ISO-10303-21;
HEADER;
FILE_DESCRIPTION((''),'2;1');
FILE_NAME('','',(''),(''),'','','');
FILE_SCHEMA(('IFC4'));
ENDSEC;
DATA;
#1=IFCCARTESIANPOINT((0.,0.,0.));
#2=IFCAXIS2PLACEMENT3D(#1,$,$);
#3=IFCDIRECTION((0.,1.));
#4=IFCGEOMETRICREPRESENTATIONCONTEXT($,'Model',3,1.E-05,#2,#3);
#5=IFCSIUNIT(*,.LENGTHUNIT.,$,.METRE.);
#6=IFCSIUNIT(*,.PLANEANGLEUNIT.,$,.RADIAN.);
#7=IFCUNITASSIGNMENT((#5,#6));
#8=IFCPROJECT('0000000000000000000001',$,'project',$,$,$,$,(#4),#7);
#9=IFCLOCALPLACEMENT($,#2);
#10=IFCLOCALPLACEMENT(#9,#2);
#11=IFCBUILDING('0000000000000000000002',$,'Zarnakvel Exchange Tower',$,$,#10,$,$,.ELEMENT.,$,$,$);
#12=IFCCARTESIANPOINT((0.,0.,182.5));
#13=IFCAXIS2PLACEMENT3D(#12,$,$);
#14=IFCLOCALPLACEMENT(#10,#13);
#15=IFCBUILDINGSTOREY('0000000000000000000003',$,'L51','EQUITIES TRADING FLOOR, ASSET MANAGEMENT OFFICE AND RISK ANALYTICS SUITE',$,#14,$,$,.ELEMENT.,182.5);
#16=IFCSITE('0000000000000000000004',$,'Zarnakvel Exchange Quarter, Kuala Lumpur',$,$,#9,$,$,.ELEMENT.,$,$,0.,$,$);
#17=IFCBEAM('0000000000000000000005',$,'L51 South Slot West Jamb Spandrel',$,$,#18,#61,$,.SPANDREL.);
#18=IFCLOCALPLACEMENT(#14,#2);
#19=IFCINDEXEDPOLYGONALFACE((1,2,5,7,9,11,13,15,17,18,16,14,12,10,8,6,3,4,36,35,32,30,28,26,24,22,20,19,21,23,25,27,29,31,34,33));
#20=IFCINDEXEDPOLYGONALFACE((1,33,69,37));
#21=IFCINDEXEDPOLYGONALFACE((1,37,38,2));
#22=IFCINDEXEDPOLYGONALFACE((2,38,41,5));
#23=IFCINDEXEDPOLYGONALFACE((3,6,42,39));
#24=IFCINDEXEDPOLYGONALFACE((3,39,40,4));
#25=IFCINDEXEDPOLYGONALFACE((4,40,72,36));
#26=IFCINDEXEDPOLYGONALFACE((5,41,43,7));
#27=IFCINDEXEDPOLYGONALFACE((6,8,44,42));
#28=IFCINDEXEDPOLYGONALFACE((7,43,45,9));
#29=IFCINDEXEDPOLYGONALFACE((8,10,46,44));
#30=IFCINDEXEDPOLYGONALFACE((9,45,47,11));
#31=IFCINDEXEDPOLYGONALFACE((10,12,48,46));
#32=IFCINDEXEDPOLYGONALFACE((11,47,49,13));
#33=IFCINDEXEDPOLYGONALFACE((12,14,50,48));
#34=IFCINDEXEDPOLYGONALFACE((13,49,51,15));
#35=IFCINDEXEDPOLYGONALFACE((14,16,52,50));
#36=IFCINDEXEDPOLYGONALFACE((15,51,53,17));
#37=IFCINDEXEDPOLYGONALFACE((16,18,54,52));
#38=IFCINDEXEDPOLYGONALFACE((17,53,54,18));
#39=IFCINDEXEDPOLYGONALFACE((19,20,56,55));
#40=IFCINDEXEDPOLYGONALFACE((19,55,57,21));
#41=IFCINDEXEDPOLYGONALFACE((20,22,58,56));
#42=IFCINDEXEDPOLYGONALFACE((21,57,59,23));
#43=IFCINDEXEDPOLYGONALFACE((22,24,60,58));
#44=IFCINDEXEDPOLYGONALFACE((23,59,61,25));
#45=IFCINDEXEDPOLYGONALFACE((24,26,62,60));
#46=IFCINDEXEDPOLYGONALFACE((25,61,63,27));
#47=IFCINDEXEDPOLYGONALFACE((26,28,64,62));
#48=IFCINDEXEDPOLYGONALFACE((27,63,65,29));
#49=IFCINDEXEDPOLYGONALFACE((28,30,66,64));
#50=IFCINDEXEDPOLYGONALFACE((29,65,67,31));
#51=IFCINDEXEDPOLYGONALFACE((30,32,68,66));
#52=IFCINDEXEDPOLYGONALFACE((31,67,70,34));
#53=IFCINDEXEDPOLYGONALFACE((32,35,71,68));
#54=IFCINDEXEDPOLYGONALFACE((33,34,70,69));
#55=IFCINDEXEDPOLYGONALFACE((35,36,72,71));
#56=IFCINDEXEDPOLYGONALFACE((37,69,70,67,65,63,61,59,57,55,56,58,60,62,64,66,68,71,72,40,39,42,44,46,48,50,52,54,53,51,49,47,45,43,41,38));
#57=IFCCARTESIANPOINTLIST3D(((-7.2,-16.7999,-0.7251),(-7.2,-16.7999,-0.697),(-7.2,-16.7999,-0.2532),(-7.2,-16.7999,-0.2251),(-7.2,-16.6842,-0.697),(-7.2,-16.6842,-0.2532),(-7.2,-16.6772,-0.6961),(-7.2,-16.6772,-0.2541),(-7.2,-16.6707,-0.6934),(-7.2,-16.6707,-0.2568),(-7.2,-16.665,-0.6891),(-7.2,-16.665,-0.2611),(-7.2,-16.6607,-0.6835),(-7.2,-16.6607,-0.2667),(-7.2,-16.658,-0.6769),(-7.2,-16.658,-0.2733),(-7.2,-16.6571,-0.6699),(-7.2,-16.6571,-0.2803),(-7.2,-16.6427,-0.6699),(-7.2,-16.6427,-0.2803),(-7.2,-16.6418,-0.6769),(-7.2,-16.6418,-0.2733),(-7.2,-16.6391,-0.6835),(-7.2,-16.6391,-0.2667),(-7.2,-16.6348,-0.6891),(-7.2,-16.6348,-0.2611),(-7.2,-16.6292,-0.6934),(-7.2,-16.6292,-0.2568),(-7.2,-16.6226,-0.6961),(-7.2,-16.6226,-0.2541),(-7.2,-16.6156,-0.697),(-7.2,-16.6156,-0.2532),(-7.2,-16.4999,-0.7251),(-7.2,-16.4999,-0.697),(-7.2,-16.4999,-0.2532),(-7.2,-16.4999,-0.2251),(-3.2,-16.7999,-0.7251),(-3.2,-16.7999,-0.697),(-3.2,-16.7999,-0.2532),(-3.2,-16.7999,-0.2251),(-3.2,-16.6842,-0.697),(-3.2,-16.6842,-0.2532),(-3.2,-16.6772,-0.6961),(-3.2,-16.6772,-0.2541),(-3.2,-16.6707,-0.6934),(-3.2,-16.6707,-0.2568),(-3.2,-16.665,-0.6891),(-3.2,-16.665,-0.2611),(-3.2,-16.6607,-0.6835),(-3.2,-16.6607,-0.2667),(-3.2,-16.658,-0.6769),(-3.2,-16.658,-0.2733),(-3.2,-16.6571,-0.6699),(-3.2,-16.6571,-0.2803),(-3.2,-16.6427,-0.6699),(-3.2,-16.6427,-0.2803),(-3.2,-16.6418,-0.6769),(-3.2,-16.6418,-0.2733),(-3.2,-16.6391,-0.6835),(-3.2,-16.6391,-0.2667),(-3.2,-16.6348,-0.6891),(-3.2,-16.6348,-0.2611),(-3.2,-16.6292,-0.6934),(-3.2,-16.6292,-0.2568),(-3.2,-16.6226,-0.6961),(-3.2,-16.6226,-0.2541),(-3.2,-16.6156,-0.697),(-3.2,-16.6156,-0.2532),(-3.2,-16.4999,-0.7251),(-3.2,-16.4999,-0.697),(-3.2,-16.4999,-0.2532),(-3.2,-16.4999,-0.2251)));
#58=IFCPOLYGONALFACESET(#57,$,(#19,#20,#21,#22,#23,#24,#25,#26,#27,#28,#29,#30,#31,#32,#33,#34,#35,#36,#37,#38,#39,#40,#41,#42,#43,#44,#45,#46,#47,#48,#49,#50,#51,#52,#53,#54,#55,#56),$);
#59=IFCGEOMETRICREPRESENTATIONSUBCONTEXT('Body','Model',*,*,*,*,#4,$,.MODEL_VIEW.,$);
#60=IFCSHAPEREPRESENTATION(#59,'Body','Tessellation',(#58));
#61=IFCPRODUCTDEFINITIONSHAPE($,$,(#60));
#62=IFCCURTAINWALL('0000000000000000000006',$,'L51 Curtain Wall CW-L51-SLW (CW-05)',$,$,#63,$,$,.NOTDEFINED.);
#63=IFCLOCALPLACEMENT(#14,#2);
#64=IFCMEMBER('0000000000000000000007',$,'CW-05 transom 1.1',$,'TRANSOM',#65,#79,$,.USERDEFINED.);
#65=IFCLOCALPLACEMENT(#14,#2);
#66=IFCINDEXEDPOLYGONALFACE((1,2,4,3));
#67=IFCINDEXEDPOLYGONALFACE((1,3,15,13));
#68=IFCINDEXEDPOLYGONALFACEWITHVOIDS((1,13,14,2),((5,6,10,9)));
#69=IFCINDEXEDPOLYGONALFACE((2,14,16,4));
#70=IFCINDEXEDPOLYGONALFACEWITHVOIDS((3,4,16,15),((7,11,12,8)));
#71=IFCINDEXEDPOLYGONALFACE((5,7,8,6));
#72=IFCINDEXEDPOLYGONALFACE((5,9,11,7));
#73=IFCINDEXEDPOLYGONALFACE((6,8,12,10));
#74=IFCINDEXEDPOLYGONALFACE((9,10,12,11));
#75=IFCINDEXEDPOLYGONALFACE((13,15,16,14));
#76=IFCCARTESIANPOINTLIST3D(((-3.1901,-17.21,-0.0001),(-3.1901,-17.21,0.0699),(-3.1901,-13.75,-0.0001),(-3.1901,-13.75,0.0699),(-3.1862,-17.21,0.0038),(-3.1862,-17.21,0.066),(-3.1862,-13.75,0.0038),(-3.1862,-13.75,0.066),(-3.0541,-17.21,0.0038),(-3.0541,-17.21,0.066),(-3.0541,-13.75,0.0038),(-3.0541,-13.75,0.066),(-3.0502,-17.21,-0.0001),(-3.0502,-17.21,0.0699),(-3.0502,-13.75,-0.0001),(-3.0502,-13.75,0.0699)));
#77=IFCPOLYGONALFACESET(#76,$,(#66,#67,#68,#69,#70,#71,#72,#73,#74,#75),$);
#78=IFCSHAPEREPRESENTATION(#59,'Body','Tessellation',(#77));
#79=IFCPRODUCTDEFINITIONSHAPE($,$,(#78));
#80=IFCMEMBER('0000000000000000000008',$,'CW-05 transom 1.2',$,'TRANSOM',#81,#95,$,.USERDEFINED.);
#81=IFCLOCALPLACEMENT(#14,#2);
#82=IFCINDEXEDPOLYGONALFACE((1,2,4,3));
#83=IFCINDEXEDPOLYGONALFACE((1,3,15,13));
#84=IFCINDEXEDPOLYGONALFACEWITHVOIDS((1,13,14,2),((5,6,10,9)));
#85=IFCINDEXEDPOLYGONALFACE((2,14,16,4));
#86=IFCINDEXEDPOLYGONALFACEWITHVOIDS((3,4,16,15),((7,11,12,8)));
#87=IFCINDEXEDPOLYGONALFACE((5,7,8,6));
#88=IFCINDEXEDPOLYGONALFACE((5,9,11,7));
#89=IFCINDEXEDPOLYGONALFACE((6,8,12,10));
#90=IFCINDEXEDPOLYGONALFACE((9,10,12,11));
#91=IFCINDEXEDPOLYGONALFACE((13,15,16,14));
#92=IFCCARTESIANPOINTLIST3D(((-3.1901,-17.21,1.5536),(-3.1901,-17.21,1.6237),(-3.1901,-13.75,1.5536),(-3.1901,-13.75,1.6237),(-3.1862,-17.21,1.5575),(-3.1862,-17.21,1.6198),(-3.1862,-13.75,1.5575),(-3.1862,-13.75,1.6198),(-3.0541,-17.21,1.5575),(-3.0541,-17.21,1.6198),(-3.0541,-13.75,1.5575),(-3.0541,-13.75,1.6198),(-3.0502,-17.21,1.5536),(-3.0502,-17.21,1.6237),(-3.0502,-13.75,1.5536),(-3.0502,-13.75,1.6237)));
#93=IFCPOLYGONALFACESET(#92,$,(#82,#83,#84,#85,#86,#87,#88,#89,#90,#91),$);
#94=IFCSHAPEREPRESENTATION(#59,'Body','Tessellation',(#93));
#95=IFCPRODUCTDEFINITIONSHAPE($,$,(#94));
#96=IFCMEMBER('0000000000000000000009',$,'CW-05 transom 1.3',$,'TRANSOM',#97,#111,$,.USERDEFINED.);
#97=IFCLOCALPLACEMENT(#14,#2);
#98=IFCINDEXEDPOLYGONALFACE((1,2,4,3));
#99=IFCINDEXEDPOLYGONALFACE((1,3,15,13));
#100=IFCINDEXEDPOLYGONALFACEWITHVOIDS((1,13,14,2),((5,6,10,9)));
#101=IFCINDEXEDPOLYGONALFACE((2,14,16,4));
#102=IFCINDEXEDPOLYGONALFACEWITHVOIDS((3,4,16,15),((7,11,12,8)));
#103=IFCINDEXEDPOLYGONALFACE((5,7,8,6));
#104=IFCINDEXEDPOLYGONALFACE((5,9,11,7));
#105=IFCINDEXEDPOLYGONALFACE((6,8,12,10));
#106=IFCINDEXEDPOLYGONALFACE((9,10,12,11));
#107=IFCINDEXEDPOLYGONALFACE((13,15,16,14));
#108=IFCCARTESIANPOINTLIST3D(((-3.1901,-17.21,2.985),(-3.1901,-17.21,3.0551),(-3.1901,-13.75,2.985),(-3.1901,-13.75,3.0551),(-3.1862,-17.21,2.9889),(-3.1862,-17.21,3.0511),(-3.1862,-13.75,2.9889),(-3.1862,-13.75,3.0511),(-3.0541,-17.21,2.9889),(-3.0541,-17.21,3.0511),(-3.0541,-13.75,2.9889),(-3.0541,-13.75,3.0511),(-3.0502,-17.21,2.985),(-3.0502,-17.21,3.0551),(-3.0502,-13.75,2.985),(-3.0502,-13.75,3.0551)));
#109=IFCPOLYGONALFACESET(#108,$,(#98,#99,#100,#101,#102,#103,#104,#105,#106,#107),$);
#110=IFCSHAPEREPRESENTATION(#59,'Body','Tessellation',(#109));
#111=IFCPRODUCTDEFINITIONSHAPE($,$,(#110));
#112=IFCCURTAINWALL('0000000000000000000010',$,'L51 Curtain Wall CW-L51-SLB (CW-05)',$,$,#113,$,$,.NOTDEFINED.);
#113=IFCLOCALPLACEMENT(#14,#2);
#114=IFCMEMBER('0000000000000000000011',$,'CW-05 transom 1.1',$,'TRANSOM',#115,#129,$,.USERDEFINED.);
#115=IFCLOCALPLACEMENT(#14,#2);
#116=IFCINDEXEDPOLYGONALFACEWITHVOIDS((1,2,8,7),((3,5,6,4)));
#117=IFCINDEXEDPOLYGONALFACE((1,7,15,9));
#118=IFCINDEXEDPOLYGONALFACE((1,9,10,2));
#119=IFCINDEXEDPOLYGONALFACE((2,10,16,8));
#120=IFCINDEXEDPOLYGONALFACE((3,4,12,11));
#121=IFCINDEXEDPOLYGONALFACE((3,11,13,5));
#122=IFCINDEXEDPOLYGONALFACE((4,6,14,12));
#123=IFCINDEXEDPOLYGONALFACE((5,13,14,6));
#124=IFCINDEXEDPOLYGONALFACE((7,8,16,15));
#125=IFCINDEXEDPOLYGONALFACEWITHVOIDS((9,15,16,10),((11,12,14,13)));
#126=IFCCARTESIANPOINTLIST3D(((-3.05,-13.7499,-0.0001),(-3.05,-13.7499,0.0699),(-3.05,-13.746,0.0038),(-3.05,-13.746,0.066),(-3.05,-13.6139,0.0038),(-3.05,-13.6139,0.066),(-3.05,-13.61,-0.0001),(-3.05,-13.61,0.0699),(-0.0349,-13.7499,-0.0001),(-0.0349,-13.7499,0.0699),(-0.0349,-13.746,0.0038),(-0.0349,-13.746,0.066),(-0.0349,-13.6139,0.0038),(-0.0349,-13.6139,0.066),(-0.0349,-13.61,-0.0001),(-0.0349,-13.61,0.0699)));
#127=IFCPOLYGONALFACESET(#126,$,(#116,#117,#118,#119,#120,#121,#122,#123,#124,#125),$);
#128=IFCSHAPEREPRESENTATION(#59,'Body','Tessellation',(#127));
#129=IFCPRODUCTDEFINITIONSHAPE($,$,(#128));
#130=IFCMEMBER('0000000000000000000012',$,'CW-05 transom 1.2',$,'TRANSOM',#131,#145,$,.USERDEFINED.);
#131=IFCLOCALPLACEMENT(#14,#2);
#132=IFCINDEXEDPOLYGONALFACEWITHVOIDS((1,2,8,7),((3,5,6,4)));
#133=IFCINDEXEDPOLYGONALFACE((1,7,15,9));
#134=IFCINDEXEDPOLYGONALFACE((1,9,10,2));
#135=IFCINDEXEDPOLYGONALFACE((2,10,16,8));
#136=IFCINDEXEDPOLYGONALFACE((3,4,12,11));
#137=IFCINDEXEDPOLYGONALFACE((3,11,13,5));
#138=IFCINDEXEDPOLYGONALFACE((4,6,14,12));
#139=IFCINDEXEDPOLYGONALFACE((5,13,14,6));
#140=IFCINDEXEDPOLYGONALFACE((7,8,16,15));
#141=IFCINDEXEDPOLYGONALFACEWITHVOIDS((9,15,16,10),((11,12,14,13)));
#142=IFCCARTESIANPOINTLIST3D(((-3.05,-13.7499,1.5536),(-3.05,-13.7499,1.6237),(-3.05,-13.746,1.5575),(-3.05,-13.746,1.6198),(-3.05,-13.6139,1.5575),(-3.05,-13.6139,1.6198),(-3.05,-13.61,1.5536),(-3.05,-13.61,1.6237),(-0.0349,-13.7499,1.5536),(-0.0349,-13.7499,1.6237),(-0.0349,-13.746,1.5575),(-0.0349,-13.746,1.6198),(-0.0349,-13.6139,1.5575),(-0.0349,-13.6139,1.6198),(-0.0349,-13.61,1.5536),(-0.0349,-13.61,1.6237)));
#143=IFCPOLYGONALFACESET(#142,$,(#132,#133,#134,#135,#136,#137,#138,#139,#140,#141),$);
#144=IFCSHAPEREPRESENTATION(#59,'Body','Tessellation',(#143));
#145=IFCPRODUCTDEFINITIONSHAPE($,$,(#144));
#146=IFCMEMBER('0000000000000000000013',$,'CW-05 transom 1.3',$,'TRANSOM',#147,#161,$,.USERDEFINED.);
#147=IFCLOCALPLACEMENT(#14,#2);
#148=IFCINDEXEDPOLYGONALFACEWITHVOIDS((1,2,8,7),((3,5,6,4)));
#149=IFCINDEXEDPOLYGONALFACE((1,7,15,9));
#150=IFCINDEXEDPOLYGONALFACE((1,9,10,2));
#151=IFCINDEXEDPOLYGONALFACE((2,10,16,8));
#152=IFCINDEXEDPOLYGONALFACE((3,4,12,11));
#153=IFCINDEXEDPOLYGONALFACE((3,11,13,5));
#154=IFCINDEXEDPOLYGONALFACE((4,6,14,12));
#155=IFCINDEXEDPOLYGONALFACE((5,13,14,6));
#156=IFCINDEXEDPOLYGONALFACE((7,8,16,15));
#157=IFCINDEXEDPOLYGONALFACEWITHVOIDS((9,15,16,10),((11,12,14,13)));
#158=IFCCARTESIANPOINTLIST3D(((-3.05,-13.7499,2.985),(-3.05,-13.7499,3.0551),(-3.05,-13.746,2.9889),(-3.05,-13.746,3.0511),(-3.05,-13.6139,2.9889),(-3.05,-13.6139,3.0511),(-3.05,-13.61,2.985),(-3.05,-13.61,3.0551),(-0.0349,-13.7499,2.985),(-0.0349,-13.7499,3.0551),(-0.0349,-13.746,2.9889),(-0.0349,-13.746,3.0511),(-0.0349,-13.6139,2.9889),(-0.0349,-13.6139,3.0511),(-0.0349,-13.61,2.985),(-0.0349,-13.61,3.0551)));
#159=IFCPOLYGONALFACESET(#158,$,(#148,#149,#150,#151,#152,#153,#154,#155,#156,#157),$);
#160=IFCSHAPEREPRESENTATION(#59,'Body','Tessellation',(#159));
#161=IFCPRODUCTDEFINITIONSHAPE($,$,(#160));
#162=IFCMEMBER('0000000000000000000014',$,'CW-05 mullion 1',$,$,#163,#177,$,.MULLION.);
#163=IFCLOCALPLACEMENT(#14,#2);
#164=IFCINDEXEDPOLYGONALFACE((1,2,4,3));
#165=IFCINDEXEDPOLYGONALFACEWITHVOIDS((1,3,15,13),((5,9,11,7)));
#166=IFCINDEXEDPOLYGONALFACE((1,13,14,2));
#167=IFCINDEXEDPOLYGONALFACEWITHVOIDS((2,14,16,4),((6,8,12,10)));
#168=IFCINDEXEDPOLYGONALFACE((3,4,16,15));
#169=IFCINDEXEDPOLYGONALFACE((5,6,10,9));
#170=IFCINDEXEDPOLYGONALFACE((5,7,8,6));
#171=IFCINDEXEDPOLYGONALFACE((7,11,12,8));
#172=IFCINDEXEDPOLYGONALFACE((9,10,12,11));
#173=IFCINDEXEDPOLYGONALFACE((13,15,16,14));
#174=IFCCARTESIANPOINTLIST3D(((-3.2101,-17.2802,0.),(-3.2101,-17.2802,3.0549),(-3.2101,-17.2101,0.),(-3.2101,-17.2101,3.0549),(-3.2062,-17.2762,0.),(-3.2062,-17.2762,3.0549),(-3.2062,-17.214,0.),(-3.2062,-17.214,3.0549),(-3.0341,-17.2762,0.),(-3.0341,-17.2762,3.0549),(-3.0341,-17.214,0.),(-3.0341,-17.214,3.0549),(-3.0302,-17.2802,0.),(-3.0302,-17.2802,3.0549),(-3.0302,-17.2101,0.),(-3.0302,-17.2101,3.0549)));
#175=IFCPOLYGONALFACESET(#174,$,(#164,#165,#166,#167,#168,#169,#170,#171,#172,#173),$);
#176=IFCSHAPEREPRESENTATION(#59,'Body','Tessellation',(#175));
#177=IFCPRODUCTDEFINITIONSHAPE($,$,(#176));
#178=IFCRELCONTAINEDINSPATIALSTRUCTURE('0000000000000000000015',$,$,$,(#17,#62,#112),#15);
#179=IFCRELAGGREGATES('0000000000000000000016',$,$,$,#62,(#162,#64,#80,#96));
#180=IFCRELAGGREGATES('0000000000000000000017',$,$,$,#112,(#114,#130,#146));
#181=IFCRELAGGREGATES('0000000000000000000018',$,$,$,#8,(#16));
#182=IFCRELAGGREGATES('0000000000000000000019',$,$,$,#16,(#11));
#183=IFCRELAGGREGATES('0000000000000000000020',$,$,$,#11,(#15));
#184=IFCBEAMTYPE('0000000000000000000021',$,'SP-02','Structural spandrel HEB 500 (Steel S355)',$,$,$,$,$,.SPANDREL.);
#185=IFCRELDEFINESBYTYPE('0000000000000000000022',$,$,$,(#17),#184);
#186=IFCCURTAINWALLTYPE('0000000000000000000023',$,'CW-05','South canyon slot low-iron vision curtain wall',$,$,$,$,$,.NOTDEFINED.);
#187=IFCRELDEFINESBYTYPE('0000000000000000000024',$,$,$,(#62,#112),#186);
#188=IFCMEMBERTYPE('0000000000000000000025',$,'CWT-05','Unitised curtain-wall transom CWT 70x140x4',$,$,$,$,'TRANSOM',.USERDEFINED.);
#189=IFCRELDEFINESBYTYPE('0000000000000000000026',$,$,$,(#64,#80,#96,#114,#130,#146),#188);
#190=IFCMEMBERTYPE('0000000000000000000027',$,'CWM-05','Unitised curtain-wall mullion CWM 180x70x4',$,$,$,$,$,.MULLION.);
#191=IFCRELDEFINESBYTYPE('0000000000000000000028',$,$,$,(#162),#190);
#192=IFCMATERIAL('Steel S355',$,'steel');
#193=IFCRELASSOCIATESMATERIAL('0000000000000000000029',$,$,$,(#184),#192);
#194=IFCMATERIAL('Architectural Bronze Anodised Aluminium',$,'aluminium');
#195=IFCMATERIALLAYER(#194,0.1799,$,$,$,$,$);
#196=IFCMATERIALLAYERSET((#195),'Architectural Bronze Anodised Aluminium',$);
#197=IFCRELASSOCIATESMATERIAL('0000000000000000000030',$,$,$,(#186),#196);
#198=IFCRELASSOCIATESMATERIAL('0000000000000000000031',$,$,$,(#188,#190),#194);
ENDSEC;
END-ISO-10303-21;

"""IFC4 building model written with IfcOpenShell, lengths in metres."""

from ifc_helpers import new_model, si_unit, direction, frame, origin, origin_2d, place, context, subcontext, project, spatial, hollow_rectangle, i_section, extrude, source, transform, mapped, material, layer, layer_set, material_profile, profile_set, type_object, element, aggregate, save


model = new_model("IFC4")

# Units and contexts
model_context = context("Model", 3, precision=1e-05, world=origin(), true_north=direction((0.0, 1.0)))
body_context = subcontext(model_context, "Body", "Model", "MODEL_VIEW")
ifc_project = project(units=[si_unit("LENGTHUNIT", "METRE"), si_unit("PLANEANGLEUNIT", "RADIAN")], contexts=[model_context])

# Site, building, storey
site_placement = place(None, origin())
site = spatial("IfcSite", under=ifc_project, at=site_placement, Name="Zarnakvel Exchange Quarter, Kuala Lumpur", CompositionType="ELEMENT", RefElevation=0.0)
building_placement = place(site_placement, origin())
building = spatial("IfcBuilding", under=site, at=building_placement, Name="Zarnakvel Exchange Tower", CompositionType="ELEMENT")
storey_placement = place(building_placement, frame((0.0, 0.0, 182.5)))
storey = spatial("IfcBuildingStorey", under=building, at=storey_placement, Name="L51", Description="EQUITIES TRADING FLOOR, ASSET MANAGEMENT OFFICE AND RISK ANALYTICS SUITE", CompositionType="ELEMENT", Elevation=182.5)

# Beam
ifc_material_1 = material(Name="Steel S355", Category="steel")
ifc_material_profile_1 = material_profile(ifc_material_1, i_section(OverallWidth=0.3, OverallDepth=0.5, WebThickness=0.0144, FlangeThickness=0.0281, FilletRadius=0.0271, at=origin_2d()))
ifc_profile_set_1 = profile_set([ifc_material_profile_1], Name="Steel S355")
beam_type_1 = type_object("IfcBeamType", Name="SP-02", Description="Structural spandrel HEB 500 (Steel S355)", PredefinedType="SPANDREL", material=ifc_profile_set_1)
beam_1_placement = place(storey_placement, frame((-7.2, -16.6499, -0.4751), z_axis=(1.0, 0.0, 0.0), x_axis=(0.0, 1.0, 0.0)))
element("IfcBeam", 1, at=beam_1_placement, inside=storey, type_object=beam_type_1, Name="L51 South Slot West Jamb Spandrel", PredefinedType="SPANDREL", context=body_context, shape_type="SweptSolid", body=[
    extrude(i_section(OverallWidth=0.3, OverallDepth=0.5, WebThickness=0.0144, FlangeThickness=0.0281, FilletRadius=0.0271, at=origin_2d()), origin(), (0.0, 0.0, 1.0), 4.0),
])

# Curtain walls, members
ifc_material_2 = material(Name="Architectural Bronze Anodised Aluminium", Category="aluminium")
ifc_layer_1 = layer(ifc_material_2, 0.1799)
ifc_layer_set_1 = layer_set([ifc_layer_1], Name="Architectural Bronze Anodised Aluminium")
curtain_wall_type = type_object("IfcCurtainWallType", Name="CW-05", Description="South canyon slot low-iron vision curtain wall", PredefinedType="NOTDEFINED", material=ifc_layer_set_1)
curtain_wall_1_placement = place(storey_placement, origin())
curtain_wall_1 = element("IfcCurtainWall", 2, at=curtain_wall_1_placement, inside=storey, type_object=curtain_wall_type, Name="L51 Curtain Wall CW-L51-SLW (CW-05)", PredefinedType="NOTDEFINED")
ifc_material_profile_2 = material_profile(ifc_material_2, hollow_rectangle(XDim=0.1399, YDim=0.0701, WallThickness=0.0039, at=origin_2d()))
ifc_profile_set_2 = profile_set([ifc_material_profile_2], Name="Architectural Bronze Anodised Aluminium")
member_type_1 = type_object("IfcMemberType", Name="CWT-05", Description="Unitised curtain-wall transom CWT 70x140x4", ElementType="TRANSOM", PredefinedType="USERDEFINED", material=ifc_profile_set_2)
shared_shape_1 = source(origin(), body_context, "Body", "SweptSolid", [
    extrude(hollow_rectangle(XDim=0.1399, YDim=0.0701, WallThickness=0.0039, at=origin_2d()), origin(), (0.0, 0.0, 1.0), 3.46),
])
member_1_placement = place(storey_placement, frame((-3.1201, -17.21, 0.0349), z_axis=(0.0, 1.0, 0.0), x_axis=(-1.0, 0.0, 0.0)))
member_1 = element("IfcMember", 3, at=member_1_placement, type_object=member_type_1, Name="CW-05 transom 1.1", ObjectType="TRANSOM", PredefinedType="USERDEFINED", context=body_context, shape_type="MappedRepresentation", body=[
    mapped(shared_shape_1, transform((0.0, 0.0, 0.0), x_axis=(1.0, 0.0, 0.0), y_axis=(0.0, 1.0, 0.0), z_axis=(0.0, 0.0, 1.0), scale=1.0)),
])
member_2_placement = place(storey_placement, frame((-3.1201, -17.21, 1.5886), z_axis=(0.0, 1.0, 0.0), x_axis=(-1.0, 0.0, 0.0)))
member_2 = element("IfcMember", 4, at=member_2_placement, type_object=member_type_1, Name="CW-05 transom 1.2", ObjectType="TRANSOM", PredefinedType="USERDEFINED", context=body_context, shape_type="MappedRepresentation", body=[
    mapped(shared_shape_1, transform((0.0, 0.0, 0.0), x_axis=(1.0, 0.0, 0.0), y_axis=(0.0, 1.0, 0.0), z_axis=(0.0, 0.0, 1.0), scale=1.0)),
])
member_3_placement = place(storey_placement, frame((-3.1201, -17.21, 3.02), z_axis=(0.0, 1.0, 0.0), x_axis=(-1.0, 0.0, 0.0)))
member_3 = element("IfcMember", 5, at=member_3_placement, type_object=member_type_1, Name="CW-05 transom 1.3", ObjectType="TRANSOM", PredefinedType="USERDEFINED", context=body_context, shape_type="MappedRepresentation", body=[
    mapped(shared_shape_1, transform((0.0, 0.0, 0.0), x_axis=(1.0, 0.0, 0.0), y_axis=(0.0, 1.0, 0.0), z_axis=(0.0, 0.0, 1.0), scale=1.0)),
])
curtain_wall_2_placement = place(storey_placement, origin())
curtain_wall_2 = element("IfcCurtainWall", 6, at=curtain_wall_2_placement, inside=storey, type_object=curtain_wall_type, Name="L51 Curtain Wall CW-L51-SLB (CW-05)", PredefinedType="NOTDEFINED")
shared_shape_2 = source(origin(), body_context, "Body", "SweptSolid", [
    extrude(hollow_rectangle(XDim=0.1399, YDim=0.0701, WallThickness=0.0039, at=origin_2d()), origin(), (0.0, 0.0, 1.0), 3.0151),
])
member_4_placement = place(storey_placement, frame((-3.05, -13.6799, 0.0349), z_axis=(1.0, 0.0, 0.0), x_axis=(0.0, 1.0, 0.0)))
member_4 = element("IfcMember", 7, at=member_4_placement, type_object=member_type_1, Name="CW-05 transom 1.1", ObjectType="TRANSOM", PredefinedType="USERDEFINED", context=body_context, shape_type="MappedRepresentation", body=[
    mapped(shared_shape_2, transform((0.0, 0.0, 0.0), x_axis=(1.0, 0.0, 0.0), y_axis=(0.0, 1.0, 0.0), z_axis=(0.0, 0.0, 1.0), scale=1.0)),
])
member_5_placement = place(storey_placement, frame((-3.05, -13.6799, 1.5886), z_axis=(1.0, 0.0, 0.0), x_axis=(0.0, 1.0, 0.0)))
member_5 = element("IfcMember", 8, at=member_5_placement, type_object=member_type_1, Name="CW-05 transom 1.2", ObjectType="TRANSOM", PredefinedType="USERDEFINED", context=body_context, shape_type="MappedRepresentation", body=[
    mapped(shared_shape_2, transform((0.0, 0.0, 0.0), x_axis=(1.0, 0.0, 0.0), y_axis=(0.0, 1.0, 0.0), z_axis=(0.0, 0.0, 1.0), scale=1.0)),
])
member_6_placement = place(storey_placement, frame((-3.05, -13.6799, 3.02), z_axis=(1.0, 0.0, 0.0), x_axis=(0.0, 1.0, 0.0)))
member_6 = element("IfcMember", 9, at=member_6_placement, type_object=member_type_1, Name="CW-05 transom 1.3", ObjectType="TRANSOM", PredefinedType="USERDEFINED", context=body_context, shape_type="MappedRepresentation", body=[
    mapped(shared_shape_2, transform((0.0, 0.0, 0.0), x_axis=(1.0, 0.0, 0.0), y_axis=(0.0, 1.0, 0.0), z_axis=(0.0, 0.0, 1.0), scale=1.0)),
])

# Member
ifc_material_profile_3 = material_profile(ifc_material_2, hollow_rectangle(XDim=0.1799, YDim=0.0701, WallThickness=0.0039, at=origin_2d()))
ifc_profile_set_3 = profile_set([ifc_material_profile_3], Name="Architectural Bronze Anodised Aluminium")
member_type_2 = type_object("IfcMemberType", Name="CWM-05", Description="Unitised curtain-wall mullion CWM 180x70x4", PredefinedType="MULLION", material=ifc_profile_set_3)
shared_shape_3 = source(origin(), body_context, "Body", "SweptSolid", [
    extrude(hollow_rectangle(XDim=0.1799, YDim=0.0701, WallThickness=0.0039, at=origin_2d()), origin(), (0.0, 0.0, 1.0), 3.0549),
])
member_7_placement = place(storey_placement, frame((-3.1201, -17.2451, 0.0), z_axis=(0.0, 0.0, 1.0), x_axis=(-1.0, 0.0, 0.0)))
member_7 = element("IfcMember", 10, at=member_7_placement, type_object=member_type_2, Name="CW-05 mullion 1", PredefinedType="MULLION", context=body_context, shape_type="MappedRepresentation", body=[
    mapped(shared_shape_3, transform((0.0, 0.0, 0.0), x_axis=(1.0, 0.0, 0.0), y_axis=(0.0, 1.0, 0.0), z_axis=(0.0, 0.0, 1.0), scale=1.0)),
])

aggregate(curtain_wall_1, [member_7, member_1, member_2, member_3])
aggregate(curtain_wall_2, [member_4, member_5, member_6])

save(model, "model.ifc")
